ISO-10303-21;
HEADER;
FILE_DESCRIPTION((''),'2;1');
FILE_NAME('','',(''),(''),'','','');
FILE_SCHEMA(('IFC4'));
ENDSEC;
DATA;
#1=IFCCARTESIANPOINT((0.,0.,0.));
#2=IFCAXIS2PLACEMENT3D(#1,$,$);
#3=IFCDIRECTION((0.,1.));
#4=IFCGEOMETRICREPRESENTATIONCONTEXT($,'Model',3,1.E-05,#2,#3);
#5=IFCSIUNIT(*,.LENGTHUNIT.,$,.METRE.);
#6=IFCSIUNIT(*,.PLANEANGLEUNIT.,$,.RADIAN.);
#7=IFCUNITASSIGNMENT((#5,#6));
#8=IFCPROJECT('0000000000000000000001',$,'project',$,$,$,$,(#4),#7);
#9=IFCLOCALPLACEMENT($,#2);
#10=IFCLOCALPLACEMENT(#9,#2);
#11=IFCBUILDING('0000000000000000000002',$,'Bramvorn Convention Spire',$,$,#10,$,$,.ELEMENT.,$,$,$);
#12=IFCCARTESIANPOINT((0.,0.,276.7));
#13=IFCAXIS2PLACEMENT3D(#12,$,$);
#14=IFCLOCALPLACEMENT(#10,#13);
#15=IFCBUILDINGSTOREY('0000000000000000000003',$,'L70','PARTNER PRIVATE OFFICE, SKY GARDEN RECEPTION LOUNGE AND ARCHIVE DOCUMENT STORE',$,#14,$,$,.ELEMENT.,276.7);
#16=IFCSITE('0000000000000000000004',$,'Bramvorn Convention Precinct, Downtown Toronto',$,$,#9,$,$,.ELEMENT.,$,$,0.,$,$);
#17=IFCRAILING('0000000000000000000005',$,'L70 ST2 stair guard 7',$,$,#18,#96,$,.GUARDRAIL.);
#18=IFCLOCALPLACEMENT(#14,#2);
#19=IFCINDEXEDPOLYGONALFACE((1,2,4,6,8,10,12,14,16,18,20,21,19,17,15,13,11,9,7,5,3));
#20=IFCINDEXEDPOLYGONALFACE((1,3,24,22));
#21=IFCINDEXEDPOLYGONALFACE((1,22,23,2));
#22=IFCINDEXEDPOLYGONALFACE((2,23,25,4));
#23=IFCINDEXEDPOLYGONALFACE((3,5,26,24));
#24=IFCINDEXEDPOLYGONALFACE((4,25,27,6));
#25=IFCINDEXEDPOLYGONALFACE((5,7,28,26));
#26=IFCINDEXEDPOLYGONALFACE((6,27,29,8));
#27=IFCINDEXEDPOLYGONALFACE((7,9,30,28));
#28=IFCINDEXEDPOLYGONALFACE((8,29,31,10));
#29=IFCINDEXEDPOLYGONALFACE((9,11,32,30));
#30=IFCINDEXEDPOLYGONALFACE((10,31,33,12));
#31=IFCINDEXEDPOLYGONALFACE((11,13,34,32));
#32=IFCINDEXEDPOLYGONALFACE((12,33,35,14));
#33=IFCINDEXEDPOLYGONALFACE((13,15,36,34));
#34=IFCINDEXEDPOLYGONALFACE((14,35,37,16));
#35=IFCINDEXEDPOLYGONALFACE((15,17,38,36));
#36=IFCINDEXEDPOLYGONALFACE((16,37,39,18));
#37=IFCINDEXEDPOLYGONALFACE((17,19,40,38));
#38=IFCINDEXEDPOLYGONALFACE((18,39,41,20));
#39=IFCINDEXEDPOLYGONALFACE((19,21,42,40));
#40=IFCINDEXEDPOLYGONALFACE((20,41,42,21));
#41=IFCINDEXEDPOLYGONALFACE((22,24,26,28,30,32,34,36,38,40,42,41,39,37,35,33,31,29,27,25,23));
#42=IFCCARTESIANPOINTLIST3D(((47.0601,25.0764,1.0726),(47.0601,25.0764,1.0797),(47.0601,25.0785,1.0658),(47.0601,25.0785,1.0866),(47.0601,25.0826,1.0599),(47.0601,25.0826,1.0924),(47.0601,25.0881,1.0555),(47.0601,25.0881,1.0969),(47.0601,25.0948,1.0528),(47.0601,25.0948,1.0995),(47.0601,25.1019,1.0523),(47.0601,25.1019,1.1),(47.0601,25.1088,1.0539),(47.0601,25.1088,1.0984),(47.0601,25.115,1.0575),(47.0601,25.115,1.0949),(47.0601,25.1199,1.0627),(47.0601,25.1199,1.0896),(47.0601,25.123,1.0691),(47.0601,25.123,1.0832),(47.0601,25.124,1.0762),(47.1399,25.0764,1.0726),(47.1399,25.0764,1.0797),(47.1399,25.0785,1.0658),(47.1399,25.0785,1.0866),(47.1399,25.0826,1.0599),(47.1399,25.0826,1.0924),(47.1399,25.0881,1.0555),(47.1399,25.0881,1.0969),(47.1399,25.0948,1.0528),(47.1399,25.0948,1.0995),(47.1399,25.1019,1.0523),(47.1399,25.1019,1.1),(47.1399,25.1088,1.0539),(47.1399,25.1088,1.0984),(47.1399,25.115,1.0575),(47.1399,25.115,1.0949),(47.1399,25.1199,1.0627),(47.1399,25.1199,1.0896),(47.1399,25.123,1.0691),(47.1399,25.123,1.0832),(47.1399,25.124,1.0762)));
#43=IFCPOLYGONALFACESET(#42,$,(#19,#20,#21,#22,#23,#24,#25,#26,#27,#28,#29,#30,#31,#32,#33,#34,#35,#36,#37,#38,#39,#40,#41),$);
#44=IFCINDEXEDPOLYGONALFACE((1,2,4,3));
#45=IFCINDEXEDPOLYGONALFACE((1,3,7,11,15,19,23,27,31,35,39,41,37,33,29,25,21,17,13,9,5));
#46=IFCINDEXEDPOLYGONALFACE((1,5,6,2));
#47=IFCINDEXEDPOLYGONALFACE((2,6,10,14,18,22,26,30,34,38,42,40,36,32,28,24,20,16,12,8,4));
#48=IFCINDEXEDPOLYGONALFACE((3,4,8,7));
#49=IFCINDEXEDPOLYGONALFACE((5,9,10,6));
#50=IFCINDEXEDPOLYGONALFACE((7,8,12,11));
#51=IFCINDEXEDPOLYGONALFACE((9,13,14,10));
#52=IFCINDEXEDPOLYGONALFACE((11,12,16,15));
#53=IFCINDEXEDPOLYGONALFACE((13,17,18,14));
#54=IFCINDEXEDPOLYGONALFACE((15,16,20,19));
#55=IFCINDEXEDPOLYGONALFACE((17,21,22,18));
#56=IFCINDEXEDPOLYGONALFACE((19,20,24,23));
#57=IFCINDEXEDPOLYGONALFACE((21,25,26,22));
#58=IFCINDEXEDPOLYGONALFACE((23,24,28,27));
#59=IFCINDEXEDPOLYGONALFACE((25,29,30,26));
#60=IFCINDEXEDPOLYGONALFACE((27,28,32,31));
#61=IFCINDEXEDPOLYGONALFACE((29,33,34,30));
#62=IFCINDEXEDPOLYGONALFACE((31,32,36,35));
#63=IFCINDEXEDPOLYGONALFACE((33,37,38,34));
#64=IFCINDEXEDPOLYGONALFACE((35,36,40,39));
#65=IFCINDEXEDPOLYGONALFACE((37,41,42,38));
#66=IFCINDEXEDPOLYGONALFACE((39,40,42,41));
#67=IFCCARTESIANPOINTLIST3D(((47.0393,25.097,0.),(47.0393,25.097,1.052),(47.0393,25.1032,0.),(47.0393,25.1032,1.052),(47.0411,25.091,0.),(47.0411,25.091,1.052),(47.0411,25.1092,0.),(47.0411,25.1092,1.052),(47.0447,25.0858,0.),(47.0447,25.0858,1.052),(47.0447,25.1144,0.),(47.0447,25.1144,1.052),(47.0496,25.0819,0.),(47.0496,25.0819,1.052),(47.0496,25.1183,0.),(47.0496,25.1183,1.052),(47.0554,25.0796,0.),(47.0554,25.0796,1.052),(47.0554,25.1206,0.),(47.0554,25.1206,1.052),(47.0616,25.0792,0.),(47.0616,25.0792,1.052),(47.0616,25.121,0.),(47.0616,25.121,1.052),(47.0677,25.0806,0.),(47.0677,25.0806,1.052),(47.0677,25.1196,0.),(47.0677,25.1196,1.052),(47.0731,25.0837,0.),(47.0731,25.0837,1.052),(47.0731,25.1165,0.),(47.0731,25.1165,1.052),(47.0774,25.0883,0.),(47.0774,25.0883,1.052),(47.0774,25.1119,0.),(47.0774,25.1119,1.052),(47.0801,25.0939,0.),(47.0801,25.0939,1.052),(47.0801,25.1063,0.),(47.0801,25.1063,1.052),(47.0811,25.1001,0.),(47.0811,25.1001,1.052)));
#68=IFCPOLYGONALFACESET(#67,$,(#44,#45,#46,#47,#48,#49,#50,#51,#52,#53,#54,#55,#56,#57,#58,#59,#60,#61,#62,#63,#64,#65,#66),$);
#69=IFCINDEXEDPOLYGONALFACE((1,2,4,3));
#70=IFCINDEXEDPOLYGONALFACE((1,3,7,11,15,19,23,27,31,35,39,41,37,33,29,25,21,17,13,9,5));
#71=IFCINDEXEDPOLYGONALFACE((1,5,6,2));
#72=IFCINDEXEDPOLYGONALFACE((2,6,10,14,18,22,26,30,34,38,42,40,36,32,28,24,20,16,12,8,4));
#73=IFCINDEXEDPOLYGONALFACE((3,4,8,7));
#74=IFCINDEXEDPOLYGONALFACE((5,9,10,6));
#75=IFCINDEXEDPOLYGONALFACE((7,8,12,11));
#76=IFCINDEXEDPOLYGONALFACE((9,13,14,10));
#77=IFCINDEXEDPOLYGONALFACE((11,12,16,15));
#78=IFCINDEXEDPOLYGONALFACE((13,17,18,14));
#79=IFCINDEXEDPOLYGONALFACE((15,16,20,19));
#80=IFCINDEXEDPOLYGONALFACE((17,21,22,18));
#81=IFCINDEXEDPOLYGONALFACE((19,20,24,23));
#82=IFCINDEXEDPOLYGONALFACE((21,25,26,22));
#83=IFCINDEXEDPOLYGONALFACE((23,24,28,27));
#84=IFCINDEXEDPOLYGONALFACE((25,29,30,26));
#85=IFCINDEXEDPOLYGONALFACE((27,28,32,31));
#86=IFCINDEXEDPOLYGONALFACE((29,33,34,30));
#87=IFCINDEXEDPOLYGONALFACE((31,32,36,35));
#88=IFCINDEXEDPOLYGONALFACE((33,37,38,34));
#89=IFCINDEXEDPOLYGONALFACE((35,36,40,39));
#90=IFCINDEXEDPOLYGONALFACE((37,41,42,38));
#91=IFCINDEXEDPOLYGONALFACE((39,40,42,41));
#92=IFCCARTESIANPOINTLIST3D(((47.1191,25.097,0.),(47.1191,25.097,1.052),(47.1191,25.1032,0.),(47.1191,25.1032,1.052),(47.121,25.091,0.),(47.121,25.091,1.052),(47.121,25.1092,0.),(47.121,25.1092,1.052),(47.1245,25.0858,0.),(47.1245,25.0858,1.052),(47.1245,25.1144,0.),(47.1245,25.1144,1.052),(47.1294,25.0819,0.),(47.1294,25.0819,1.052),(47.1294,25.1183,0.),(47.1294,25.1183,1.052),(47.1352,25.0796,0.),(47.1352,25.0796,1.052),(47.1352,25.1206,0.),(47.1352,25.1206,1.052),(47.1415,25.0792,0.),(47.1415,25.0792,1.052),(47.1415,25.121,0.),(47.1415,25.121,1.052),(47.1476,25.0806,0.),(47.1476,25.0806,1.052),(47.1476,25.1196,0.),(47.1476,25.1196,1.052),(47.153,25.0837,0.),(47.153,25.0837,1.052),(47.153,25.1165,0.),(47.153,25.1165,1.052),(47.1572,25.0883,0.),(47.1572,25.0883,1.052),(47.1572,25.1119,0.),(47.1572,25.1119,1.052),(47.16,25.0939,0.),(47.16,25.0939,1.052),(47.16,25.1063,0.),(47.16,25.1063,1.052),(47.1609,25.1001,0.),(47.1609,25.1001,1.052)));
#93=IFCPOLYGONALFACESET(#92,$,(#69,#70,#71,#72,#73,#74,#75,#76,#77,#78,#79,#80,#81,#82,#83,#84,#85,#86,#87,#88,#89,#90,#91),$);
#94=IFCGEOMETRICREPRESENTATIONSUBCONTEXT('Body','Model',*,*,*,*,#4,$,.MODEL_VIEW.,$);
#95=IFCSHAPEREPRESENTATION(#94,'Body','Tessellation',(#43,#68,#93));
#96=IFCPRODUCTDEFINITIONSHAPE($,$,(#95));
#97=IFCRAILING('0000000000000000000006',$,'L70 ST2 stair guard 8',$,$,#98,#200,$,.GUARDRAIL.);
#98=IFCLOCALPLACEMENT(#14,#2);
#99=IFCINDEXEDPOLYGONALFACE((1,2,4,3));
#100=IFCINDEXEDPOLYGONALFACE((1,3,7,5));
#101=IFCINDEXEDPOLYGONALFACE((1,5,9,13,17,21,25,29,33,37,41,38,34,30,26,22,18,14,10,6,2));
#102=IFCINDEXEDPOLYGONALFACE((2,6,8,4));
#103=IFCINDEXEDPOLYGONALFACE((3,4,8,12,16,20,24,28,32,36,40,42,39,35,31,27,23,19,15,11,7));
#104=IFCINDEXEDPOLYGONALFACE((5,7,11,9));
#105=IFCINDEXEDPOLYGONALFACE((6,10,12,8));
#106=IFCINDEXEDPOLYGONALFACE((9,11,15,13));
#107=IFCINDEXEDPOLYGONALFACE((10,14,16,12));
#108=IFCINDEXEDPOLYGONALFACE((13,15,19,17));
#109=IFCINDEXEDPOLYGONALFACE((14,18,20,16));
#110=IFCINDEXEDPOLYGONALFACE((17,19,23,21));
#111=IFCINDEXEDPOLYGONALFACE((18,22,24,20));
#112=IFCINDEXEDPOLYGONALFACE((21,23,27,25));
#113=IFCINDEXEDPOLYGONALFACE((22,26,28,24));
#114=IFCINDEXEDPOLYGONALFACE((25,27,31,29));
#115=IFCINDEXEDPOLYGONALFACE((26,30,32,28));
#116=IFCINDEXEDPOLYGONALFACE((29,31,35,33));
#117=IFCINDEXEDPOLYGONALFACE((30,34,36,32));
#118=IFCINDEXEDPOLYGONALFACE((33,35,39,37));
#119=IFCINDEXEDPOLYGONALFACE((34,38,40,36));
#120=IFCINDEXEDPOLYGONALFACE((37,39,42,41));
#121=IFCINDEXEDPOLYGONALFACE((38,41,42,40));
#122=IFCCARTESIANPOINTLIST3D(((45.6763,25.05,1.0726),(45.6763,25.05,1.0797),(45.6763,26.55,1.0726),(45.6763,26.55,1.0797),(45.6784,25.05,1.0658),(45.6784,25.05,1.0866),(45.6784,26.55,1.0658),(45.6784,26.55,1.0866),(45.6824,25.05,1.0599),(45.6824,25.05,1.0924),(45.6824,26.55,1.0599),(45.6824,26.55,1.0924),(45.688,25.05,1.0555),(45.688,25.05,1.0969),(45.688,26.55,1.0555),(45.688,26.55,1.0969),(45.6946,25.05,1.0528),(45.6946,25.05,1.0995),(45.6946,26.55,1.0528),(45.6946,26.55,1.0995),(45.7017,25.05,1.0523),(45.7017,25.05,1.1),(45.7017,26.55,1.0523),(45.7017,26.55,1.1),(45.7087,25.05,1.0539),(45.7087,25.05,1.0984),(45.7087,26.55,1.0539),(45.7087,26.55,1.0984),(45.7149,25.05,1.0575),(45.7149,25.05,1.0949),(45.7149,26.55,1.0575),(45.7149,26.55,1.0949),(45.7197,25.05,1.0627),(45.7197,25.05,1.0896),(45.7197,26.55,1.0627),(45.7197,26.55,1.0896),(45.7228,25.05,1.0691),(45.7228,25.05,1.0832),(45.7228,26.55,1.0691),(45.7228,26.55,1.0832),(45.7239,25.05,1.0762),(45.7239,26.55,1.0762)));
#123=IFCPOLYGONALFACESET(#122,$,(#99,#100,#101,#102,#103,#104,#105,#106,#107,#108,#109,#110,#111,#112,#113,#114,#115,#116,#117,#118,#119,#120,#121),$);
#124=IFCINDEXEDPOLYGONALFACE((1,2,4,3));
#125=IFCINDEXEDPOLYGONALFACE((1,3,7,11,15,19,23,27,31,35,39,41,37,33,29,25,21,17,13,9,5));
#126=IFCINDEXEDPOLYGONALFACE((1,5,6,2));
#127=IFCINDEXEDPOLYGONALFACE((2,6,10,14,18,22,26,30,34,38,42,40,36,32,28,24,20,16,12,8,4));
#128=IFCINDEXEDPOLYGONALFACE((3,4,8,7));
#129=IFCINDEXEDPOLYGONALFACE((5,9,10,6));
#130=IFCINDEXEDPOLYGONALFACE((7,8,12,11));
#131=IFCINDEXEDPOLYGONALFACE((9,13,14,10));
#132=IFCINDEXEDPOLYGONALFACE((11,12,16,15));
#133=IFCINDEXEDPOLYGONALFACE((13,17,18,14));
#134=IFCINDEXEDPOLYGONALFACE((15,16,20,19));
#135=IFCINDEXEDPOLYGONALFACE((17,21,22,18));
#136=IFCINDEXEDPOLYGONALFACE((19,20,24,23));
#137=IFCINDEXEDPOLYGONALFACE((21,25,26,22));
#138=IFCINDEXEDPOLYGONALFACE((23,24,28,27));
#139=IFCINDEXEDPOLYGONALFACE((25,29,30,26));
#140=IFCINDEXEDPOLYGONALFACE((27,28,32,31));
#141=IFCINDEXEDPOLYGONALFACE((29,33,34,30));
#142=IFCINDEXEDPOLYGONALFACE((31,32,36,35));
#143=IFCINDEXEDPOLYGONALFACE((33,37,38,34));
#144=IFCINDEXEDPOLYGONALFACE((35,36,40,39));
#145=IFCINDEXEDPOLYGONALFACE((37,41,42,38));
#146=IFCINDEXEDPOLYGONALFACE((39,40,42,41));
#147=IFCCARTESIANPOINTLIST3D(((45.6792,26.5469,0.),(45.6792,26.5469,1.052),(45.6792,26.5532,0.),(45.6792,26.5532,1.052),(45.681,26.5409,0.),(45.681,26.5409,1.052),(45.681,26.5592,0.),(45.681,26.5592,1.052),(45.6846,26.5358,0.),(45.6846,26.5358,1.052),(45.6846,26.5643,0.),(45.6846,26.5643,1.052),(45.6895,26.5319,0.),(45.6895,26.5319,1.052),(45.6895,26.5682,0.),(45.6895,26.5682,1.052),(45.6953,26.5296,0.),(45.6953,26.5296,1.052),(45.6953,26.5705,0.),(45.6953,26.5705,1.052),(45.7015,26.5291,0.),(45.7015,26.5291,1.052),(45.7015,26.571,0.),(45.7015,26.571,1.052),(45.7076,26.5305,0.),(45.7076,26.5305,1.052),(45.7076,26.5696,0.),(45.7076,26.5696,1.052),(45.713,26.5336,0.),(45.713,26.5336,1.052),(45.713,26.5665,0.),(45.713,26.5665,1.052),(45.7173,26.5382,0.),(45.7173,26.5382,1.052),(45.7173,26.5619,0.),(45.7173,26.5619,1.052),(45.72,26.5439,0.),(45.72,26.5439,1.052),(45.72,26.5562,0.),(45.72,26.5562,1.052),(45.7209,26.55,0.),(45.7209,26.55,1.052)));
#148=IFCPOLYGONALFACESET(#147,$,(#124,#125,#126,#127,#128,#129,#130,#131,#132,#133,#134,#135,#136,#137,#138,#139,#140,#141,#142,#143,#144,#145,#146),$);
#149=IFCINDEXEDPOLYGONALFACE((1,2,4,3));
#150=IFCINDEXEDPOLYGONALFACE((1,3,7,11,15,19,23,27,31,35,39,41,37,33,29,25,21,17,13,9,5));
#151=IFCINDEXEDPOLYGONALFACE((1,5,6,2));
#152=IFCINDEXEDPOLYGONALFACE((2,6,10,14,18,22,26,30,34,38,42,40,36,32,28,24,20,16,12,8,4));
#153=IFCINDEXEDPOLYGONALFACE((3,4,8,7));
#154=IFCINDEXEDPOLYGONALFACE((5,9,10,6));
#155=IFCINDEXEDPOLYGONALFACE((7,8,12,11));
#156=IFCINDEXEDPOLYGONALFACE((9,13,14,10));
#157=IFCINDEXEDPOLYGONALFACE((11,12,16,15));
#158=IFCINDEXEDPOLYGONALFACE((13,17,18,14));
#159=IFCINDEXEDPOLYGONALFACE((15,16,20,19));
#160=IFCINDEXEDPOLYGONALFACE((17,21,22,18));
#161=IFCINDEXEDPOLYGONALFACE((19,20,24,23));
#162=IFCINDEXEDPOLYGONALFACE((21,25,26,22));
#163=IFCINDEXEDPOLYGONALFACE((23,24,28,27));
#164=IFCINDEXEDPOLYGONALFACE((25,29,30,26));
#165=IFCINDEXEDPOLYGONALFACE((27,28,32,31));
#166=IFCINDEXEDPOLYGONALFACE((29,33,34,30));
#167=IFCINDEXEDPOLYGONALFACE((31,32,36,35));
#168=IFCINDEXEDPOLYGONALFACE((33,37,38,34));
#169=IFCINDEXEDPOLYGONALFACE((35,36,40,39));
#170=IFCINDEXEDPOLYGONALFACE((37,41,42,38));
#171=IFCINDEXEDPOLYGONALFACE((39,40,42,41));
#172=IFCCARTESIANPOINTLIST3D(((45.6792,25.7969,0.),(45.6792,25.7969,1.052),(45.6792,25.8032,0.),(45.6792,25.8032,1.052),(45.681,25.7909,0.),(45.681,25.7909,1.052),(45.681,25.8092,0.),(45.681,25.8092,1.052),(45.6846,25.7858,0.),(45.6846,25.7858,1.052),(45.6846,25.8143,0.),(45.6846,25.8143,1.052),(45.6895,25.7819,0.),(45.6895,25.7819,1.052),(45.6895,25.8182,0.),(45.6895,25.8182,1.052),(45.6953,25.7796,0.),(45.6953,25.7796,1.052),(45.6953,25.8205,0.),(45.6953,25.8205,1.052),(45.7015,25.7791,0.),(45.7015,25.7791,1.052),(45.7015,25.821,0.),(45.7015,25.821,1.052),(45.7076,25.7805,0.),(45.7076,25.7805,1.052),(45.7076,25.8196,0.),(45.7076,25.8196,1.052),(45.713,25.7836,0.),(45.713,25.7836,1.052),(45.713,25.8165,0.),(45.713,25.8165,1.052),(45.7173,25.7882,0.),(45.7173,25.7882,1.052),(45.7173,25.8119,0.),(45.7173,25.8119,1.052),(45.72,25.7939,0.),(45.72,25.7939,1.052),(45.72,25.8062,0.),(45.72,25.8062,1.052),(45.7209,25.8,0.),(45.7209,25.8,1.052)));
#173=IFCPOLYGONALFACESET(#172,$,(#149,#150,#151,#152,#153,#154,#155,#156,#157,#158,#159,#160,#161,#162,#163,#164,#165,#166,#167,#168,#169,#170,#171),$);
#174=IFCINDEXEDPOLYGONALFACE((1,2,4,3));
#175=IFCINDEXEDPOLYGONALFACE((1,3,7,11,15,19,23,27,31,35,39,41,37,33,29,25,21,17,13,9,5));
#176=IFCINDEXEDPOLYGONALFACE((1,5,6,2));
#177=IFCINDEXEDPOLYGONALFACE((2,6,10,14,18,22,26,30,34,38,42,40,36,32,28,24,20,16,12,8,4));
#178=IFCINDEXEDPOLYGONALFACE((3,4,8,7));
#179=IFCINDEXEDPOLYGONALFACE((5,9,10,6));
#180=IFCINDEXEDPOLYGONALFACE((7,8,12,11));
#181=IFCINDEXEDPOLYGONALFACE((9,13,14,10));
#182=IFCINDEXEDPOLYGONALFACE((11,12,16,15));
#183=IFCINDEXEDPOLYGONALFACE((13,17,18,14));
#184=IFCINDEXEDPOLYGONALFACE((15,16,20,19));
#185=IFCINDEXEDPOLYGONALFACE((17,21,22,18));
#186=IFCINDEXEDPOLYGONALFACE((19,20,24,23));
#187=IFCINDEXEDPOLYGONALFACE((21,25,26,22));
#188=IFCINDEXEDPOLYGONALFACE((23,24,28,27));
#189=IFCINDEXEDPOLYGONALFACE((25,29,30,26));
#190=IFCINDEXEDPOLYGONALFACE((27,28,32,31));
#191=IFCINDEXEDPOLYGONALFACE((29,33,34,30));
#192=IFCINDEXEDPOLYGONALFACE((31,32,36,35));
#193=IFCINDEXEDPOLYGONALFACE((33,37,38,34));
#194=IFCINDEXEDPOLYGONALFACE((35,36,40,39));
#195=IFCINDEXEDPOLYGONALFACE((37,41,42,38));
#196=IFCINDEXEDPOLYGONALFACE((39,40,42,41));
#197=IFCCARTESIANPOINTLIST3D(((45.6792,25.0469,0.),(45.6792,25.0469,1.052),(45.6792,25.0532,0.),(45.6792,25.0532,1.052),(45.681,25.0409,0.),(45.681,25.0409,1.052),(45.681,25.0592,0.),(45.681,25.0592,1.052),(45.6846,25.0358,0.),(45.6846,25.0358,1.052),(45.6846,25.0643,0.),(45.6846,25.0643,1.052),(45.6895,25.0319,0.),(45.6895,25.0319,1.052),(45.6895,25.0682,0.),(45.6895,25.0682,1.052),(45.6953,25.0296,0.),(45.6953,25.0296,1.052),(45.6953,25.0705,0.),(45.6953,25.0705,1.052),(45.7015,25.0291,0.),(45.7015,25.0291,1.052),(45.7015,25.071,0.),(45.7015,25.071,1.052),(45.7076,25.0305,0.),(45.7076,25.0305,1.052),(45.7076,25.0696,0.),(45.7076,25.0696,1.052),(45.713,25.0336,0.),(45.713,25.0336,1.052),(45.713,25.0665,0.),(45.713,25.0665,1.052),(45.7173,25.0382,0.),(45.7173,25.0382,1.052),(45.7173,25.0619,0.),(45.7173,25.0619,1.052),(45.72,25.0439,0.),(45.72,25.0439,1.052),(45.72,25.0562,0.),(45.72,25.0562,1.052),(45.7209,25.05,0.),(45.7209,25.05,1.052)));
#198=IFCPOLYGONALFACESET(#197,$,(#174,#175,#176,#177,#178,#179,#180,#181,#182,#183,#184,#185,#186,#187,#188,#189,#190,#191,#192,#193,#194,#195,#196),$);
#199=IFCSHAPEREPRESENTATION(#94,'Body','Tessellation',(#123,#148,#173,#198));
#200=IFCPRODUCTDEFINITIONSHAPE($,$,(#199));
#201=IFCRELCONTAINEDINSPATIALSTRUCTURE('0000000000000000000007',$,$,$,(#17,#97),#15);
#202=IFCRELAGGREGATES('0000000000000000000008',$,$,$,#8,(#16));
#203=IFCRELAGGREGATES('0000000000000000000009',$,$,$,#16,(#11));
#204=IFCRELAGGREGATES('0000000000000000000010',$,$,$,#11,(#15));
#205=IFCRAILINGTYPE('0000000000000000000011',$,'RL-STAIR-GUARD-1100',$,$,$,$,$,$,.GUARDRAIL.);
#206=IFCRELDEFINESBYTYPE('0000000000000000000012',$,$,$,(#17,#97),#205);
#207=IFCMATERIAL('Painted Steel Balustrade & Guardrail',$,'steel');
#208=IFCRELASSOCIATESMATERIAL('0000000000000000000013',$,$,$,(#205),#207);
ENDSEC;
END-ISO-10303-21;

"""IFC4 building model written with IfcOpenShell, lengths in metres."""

from ifc_helpers import new_model, si_unit, direction, frame, origin, origin_2d, place, context, subcontext, project, spatial, circle, extrude, material, type_object, element, save


model = new_model("IFC4")

# Units and contexts
model_context = context("Model", 3, precision=1e-05, world=origin(), true_north=direction((0.0, 1.0)))
body_context = subcontext(model_context, "Body", "Model", "MODEL_VIEW")
ifc_project = project(units=[si_unit("LENGTHUNIT", "METRE"), si_unit("PLANEANGLEUNIT", "RADIAN")], contexts=[model_context])

# Site, building, storey
site_placement = place(None, origin())
site = spatial("IfcSite", under=ifc_project, at=site_placement, Name="Bramvorn Convention Precinct, Downtown Toronto", CompositionType="ELEMENT", RefElevation=0.0)
building_placement = place(site_placement, origin())
building = spatial("IfcBuilding", under=site, at=building_placement, Name="Bramvorn Convention Spire", CompositionType="ELEMENT")
storey_placement = place(building_placement, frame((0.0, 0.0, 276.7)))
storey = spatial("IfcBuildingStorey", under=building, at=storey_placement, Name="L70", Description="PARTNER PRIVATE OFFICE, SKY GARDEN RECEPTION LOUNGE AND ARCHIVE DOCUMENT STORE", CompositionType="ELEMENT", Elevation=276.7)

# Railings
ifc_material_1 = material(Name="Painted Steel Balustrade & Guardrail", Category="steel")
railing_type_1 = type_object("IfcRailingType", Name="RL-STAIR-GUARD-1100", PredefinedType="GUARDRAIL", material=ifc_material_1)
railing_1_placement = place(storey_placement, frame((47.0601, 25.1001, 0.0)))
element("IfcRailing", 1, at=railing_1_placement, inside=storey, type_object=railing_type_1, Name="L70 ST2 stair guard 7", PredefinedType="GUARDRAIL", context=body_context, shape_type="SweptSolid", body=[
    extrude(circle(Radius=0.0239, at=origin_2d()), frame((0.0, 0.0, 1.0762), z_axis=(1.0, 0.0, 0.0), x_axis=(0.0, 1.0, 0.0)), (0.0, 0.0, 1.0), 0.0798),
    extrude(circle(Radius=0.021, at=origin_2d()), origin(), (0.0, 0.0, 1.0), 1.052),
    extrude(circle(Radius=0.021, at=origin_2d()), frame((0.0798, 0.0, 0.0)), (0.0, 0.0, 1.0), 1.052),
])
railing_2_placement = place(storey_placement, frame((45.7, 26.55, 0.0)))
element("IfcRailing", 2, at=railing_2_placement, inside=storey, type_object=railing_type_1, Name="L70 ST2 stair guard 8", PredefinedType="GUARDRAIL", context=body_context, shape_type="SweptSolid", body=[
    extrude(circle(Radius=0.0239, at=origin_2d()), frame((0.0, 0.0, 1.0762), z_axis=(0.0, -1.0, 0.0), x_axis=(1.0, 0.0, 0.0)), (0.0, 0.0, 1.0), 1.5),
    extrude(circle(Radius=0.021, at=origin_2d()), origin(), (0.0, 0.0, 1.0), 1.052),
    extrude(circle(Radius=0.021, at=origin_2d()), frame((0.0, -0.75, 0.0)), (0.0, 0.0, 1.0), 1.052),
    extrude(circle(Radius=0.021, at=origin_2d()), frame((0.0, -1.5, 0.0)), (0.0, 0.0, 1.0), 1.052),
])

save(model, "model.ifc")
